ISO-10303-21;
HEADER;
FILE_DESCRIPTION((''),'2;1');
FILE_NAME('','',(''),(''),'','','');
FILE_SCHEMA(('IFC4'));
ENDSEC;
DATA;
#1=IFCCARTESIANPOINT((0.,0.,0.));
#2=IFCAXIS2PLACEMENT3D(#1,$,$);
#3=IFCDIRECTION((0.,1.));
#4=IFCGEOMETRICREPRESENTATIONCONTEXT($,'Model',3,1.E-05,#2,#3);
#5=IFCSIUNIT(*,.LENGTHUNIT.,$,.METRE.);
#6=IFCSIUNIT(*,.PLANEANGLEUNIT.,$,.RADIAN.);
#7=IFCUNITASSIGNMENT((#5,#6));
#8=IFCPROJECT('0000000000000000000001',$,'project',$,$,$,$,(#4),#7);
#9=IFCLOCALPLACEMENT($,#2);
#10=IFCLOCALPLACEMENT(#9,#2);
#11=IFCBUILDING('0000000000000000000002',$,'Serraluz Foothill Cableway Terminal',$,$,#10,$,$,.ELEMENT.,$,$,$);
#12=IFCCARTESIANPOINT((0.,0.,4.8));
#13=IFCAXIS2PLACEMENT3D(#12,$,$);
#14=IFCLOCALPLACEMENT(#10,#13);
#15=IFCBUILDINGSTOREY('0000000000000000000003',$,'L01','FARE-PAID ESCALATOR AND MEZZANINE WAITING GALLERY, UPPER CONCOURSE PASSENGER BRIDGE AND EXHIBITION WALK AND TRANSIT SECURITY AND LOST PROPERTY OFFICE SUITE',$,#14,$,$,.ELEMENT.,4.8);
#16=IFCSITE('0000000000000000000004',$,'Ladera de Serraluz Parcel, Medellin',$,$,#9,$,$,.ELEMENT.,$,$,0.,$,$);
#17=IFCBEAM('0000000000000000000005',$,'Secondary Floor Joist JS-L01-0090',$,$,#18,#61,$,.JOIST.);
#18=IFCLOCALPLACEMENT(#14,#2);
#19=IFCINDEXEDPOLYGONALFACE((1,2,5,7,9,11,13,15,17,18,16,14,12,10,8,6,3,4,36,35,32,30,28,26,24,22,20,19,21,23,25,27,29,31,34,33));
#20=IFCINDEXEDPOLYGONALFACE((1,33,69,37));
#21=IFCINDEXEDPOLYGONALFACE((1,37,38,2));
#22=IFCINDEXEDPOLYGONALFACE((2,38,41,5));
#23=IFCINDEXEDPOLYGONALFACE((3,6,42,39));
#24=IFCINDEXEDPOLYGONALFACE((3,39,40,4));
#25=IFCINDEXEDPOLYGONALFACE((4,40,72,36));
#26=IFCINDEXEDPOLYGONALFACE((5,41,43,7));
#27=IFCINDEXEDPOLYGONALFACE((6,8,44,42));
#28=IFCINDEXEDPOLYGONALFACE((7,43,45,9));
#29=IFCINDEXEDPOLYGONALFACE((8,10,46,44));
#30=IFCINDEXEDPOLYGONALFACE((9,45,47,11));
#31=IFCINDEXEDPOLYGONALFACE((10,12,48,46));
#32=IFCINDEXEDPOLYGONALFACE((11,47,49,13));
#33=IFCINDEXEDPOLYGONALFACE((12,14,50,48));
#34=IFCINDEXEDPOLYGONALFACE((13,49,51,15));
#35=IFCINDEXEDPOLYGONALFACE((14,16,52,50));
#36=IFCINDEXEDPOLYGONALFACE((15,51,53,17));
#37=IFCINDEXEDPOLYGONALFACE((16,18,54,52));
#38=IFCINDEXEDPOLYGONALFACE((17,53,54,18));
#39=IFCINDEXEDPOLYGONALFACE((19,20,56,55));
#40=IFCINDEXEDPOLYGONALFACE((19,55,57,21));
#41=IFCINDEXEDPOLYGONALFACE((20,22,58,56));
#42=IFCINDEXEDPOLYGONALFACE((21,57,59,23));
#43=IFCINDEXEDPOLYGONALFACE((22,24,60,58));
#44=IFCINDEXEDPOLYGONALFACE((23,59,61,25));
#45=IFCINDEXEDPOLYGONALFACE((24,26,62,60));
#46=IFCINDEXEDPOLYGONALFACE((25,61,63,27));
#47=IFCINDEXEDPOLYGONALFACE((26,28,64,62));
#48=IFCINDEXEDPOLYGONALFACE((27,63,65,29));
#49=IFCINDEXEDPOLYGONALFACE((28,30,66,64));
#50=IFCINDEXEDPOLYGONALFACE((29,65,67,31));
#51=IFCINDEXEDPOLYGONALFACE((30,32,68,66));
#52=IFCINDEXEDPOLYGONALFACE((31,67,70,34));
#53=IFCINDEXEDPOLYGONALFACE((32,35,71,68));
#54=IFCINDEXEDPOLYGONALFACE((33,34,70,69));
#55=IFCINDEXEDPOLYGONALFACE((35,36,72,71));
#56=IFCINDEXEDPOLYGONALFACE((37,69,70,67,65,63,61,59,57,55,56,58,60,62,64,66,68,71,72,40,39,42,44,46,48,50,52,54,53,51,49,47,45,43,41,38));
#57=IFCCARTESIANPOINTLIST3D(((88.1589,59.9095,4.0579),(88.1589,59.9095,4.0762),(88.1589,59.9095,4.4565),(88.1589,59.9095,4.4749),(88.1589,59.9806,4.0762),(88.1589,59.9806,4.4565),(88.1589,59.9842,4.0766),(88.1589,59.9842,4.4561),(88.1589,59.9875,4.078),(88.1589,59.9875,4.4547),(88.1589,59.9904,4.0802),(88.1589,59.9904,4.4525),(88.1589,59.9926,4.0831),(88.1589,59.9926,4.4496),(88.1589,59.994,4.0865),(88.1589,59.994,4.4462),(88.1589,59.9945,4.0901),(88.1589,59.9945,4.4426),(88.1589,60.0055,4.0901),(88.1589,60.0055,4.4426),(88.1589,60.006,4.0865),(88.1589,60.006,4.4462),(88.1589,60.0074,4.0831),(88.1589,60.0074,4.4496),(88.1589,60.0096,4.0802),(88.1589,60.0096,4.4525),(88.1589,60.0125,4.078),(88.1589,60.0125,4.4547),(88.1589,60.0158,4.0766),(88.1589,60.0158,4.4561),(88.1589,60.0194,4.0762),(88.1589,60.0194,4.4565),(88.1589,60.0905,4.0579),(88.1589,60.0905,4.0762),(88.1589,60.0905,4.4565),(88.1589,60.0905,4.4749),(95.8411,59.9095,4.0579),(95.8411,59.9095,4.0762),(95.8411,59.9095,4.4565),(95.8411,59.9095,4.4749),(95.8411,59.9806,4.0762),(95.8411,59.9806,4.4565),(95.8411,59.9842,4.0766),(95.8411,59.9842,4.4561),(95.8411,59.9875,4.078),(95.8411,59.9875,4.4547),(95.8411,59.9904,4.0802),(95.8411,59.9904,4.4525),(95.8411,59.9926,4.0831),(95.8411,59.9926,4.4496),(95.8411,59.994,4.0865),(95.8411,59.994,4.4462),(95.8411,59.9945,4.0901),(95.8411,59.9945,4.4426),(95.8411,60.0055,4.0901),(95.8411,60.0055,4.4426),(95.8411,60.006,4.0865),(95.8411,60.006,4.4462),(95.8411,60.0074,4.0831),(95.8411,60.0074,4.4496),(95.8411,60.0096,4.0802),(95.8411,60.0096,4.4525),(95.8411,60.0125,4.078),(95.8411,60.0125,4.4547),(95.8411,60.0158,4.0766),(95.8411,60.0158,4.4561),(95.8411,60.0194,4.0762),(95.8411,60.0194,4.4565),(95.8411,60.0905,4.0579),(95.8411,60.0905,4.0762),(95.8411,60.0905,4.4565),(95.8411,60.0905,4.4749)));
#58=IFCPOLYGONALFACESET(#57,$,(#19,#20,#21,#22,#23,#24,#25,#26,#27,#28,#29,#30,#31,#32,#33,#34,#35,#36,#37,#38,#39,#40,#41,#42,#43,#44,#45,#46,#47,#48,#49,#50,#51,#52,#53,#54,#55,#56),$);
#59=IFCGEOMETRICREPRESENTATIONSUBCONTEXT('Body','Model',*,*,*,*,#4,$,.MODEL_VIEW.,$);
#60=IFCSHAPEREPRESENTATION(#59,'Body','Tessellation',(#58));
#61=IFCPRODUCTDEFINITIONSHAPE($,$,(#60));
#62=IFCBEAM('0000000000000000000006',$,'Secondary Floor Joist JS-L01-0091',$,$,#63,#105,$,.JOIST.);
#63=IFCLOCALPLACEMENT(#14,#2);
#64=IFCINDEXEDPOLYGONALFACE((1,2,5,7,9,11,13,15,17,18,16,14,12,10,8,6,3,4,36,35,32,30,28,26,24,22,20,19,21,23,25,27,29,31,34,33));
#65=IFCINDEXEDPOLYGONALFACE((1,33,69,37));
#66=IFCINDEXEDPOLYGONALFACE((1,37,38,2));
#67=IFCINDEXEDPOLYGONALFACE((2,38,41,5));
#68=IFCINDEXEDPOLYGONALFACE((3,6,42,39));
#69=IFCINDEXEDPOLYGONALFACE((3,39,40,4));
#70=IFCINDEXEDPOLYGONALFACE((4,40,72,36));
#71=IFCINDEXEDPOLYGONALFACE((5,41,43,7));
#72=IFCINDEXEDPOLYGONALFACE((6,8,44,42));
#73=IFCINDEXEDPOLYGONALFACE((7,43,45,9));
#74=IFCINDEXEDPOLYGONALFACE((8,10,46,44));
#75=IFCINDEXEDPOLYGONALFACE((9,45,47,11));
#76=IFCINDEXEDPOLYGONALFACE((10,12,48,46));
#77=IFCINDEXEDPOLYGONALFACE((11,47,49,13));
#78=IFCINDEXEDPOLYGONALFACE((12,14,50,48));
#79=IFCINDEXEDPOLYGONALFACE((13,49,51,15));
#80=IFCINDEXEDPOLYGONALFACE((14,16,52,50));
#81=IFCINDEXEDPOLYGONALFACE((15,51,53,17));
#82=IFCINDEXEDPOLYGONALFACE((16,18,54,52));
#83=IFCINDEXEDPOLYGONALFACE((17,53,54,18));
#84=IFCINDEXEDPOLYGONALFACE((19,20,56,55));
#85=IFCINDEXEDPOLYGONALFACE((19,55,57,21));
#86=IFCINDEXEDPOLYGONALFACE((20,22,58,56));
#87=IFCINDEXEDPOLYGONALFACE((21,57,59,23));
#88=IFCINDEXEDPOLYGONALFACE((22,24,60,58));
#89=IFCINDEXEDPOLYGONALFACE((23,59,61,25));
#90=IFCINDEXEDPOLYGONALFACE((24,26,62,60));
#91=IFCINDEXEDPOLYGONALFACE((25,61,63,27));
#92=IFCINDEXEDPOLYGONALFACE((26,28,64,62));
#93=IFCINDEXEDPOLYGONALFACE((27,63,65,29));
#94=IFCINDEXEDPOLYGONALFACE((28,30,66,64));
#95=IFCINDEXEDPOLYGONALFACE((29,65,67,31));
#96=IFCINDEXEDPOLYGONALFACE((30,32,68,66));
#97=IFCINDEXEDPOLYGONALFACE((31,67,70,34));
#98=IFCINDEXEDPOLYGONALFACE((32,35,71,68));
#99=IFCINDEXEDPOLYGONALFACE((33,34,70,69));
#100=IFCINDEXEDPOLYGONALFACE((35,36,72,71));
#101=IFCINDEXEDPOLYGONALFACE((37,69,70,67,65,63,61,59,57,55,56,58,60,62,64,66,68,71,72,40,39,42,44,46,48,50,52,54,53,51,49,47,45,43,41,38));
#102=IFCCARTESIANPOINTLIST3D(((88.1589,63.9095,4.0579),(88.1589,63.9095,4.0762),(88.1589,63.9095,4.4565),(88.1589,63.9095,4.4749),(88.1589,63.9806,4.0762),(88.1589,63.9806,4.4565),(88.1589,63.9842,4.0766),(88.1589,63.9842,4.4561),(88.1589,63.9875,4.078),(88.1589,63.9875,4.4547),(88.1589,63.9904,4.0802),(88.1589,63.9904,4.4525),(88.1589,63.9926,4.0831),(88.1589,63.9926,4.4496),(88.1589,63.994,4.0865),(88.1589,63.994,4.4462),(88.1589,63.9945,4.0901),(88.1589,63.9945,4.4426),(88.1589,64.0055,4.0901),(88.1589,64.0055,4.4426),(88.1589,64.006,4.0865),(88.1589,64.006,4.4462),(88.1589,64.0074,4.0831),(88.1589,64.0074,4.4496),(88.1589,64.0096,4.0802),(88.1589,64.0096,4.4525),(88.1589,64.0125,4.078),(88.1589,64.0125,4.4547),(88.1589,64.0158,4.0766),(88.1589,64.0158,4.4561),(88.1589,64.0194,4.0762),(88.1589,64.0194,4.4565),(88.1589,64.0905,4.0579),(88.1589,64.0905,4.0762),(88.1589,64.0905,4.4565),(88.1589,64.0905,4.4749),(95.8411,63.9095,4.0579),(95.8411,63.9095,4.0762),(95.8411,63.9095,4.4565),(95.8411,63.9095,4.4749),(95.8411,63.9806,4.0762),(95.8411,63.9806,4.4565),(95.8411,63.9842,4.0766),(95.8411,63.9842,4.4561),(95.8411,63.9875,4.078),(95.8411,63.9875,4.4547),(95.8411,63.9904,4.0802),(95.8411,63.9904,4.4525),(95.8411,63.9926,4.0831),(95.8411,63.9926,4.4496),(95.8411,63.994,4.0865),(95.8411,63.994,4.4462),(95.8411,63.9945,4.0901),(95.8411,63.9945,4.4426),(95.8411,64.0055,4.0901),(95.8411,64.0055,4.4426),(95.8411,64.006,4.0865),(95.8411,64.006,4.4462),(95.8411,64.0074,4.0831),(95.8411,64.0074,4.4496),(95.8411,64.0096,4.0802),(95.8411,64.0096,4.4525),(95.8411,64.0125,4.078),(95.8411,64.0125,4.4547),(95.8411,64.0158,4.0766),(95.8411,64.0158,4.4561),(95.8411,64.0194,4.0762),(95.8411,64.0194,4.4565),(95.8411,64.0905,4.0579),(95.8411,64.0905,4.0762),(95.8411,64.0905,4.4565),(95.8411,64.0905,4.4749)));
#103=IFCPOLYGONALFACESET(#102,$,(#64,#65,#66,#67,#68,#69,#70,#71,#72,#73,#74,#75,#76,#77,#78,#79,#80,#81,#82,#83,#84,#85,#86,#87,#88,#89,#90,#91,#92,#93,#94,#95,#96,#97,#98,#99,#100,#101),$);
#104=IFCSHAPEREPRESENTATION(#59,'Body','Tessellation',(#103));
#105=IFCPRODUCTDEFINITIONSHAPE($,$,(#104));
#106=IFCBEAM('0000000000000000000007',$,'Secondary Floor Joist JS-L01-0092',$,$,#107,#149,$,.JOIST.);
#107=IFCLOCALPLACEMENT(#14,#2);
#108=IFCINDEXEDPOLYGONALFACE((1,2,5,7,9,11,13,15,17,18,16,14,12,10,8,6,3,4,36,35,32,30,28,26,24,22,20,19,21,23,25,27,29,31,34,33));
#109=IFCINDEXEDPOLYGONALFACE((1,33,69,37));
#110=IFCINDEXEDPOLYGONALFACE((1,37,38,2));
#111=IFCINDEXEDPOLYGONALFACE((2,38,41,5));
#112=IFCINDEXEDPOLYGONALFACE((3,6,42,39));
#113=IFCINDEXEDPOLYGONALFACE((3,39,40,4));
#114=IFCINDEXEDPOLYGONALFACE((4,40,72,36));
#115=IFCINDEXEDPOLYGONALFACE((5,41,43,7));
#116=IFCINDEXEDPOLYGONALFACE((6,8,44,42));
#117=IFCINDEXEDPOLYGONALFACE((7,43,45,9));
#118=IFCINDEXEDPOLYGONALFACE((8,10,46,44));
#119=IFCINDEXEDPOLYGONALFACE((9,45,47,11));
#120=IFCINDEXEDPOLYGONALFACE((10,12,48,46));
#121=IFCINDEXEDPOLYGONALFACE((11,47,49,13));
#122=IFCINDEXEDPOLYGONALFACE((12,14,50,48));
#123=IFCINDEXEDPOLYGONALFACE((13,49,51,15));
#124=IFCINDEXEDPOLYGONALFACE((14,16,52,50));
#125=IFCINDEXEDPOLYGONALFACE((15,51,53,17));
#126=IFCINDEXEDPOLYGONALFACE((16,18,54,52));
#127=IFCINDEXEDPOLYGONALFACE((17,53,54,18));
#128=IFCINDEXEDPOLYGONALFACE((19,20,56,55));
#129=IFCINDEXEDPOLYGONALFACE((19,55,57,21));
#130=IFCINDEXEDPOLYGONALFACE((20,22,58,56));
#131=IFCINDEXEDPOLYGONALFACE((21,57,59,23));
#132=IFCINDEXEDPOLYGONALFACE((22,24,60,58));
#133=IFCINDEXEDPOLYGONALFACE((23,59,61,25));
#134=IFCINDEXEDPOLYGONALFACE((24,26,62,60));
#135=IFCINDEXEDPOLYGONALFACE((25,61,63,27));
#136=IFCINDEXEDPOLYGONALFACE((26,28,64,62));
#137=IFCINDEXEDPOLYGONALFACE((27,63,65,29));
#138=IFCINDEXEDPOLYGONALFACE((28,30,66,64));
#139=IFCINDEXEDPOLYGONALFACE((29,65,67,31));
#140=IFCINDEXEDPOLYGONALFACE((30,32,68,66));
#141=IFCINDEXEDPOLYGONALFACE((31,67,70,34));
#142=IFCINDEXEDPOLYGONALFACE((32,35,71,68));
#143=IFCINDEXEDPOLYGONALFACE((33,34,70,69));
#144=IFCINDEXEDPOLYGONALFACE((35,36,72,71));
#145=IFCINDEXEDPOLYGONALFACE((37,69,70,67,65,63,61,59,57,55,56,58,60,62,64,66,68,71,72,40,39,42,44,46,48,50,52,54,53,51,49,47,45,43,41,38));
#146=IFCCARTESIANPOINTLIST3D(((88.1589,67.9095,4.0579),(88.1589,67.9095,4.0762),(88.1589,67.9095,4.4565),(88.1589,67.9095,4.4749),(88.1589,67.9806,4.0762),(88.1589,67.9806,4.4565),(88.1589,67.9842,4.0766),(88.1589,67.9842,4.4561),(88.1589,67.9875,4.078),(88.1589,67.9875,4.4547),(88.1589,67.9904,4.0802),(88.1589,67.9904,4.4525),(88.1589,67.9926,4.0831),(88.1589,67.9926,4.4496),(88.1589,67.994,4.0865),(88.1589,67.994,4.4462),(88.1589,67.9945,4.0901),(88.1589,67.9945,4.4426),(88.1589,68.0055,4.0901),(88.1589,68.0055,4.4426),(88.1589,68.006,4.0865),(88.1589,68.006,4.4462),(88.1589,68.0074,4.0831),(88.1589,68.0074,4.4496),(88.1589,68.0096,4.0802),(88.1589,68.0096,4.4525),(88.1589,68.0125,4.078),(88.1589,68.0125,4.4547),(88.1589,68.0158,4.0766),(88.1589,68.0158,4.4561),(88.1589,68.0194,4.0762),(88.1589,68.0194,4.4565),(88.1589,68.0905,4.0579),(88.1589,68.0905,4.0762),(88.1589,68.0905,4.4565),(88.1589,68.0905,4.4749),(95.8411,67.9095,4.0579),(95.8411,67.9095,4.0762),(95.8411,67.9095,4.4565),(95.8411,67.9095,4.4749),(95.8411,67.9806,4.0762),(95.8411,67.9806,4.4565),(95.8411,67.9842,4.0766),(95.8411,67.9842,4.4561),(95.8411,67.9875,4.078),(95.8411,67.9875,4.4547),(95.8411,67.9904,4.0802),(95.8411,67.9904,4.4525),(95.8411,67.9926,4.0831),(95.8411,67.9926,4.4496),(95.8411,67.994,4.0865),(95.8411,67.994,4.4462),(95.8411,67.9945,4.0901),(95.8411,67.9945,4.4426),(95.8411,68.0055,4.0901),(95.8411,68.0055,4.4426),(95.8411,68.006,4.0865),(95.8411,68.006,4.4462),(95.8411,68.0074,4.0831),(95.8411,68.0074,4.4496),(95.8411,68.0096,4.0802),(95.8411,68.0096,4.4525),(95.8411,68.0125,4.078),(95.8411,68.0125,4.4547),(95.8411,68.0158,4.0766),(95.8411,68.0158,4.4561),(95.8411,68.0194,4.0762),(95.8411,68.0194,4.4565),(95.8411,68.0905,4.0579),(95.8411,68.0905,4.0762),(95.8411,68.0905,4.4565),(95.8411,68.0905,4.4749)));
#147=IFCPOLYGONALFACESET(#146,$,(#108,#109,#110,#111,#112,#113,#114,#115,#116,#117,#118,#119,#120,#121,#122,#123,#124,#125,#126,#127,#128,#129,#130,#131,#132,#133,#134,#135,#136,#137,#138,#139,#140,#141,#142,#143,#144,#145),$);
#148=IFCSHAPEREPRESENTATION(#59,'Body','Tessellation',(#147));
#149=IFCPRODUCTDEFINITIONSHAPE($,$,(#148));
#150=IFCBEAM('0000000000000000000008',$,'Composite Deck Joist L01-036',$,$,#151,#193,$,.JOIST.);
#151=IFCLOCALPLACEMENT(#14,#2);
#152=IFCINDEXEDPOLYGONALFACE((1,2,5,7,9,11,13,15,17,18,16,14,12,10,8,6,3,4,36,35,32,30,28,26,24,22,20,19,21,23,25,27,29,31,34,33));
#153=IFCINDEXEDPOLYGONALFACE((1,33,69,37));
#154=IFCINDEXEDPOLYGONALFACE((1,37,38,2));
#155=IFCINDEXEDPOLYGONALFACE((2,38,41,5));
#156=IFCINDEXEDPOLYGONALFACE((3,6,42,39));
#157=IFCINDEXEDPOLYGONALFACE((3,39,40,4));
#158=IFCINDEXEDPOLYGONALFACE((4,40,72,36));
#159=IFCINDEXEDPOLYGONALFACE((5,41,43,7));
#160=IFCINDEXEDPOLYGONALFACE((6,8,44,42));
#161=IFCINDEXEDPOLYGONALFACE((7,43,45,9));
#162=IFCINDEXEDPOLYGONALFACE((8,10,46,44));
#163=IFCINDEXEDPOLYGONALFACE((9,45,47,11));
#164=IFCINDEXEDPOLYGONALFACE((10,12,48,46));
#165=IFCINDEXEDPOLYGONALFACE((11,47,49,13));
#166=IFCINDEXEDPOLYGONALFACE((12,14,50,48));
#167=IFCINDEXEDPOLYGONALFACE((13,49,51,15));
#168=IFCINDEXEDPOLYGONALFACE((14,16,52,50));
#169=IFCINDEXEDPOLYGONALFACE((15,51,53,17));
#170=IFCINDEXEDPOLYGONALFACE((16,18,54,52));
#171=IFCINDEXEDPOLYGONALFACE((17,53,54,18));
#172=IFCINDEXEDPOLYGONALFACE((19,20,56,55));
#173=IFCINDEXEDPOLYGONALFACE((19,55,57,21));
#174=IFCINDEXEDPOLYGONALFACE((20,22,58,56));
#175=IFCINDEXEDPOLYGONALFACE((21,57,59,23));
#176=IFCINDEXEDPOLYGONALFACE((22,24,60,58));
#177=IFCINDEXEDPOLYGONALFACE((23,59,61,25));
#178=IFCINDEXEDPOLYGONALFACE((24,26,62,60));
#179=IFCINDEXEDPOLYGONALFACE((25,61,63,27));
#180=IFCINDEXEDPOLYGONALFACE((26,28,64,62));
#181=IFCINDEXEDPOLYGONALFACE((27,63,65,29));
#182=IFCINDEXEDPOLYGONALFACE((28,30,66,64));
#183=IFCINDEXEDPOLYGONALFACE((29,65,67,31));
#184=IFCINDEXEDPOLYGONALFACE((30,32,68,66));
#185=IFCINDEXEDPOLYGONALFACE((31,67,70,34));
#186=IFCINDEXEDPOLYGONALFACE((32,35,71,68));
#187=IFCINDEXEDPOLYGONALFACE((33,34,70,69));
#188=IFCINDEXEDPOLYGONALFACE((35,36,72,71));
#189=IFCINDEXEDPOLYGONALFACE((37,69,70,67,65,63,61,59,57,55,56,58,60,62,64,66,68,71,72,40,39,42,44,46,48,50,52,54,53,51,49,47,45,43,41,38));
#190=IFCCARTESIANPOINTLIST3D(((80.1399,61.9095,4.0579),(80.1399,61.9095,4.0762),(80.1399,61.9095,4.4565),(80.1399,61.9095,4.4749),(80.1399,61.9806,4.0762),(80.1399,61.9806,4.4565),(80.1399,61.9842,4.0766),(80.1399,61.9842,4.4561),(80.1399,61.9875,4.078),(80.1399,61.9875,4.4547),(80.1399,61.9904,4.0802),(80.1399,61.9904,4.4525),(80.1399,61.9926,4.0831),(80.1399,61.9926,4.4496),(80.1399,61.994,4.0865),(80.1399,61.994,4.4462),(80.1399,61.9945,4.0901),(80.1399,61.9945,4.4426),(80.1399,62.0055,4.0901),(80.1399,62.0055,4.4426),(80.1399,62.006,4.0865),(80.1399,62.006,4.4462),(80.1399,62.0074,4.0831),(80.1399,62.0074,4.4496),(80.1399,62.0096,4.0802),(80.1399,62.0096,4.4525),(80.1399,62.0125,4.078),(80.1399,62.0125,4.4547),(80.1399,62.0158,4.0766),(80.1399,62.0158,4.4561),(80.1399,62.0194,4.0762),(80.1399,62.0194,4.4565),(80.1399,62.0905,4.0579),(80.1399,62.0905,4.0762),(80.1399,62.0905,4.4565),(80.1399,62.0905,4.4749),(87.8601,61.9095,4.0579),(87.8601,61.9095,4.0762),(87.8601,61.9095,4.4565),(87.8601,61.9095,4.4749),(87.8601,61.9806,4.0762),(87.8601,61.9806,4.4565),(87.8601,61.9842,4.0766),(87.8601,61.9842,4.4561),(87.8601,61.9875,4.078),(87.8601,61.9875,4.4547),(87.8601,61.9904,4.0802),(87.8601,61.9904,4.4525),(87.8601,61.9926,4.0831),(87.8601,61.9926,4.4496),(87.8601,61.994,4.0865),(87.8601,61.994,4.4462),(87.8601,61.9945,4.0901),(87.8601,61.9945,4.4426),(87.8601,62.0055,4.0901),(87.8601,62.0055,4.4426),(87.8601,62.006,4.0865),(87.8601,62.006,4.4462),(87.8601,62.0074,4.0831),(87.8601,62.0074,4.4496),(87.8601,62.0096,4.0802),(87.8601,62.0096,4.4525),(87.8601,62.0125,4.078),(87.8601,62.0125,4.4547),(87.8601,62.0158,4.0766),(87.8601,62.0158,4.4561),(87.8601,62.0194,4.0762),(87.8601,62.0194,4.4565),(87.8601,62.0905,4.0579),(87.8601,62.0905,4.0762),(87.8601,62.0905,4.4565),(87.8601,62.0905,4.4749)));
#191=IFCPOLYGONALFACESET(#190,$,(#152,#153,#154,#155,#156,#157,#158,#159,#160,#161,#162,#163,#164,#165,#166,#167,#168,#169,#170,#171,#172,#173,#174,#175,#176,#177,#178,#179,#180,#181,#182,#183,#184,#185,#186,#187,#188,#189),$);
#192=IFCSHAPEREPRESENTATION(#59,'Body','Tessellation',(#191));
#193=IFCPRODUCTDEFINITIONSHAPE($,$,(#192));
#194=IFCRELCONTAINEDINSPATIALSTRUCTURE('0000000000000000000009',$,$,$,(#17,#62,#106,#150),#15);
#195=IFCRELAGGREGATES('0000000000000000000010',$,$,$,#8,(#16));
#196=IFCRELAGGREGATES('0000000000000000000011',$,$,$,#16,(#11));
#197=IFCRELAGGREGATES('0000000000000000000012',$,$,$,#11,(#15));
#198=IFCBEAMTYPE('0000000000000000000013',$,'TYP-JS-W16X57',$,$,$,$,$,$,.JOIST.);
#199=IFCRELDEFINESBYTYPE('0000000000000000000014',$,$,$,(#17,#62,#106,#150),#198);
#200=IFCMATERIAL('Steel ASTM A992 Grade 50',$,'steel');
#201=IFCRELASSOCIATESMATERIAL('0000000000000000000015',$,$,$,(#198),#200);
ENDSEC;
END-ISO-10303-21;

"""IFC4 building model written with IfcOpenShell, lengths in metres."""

from ifc_helpers import new_model, si_unit, direction, frame, origin, origin_2d, place, context, subcontext, project, spatial, i_section, extrude, material, material_profile, profile_set, type_object, element, save


model = new_model("IFC4")

# Units and contexts
model_context = context("Model", 3, precision=1e-05, world=origin(), true_north=direction((0.0, 1.0)))
body_context = subcontext(model_context, "Body", "Model", "MODEL_VIEW")
ifc_project = project(units=[si_unit("LENGTHUNIT", "METRE"), si_unit("PLANEANGLEUNIT", "RADIAN")], contexts=[model_context])

# Site, building, storey
site_placement = place(None, origin())
site = spatial("IfcSite", under=ifc_project, at=site_placement, Name="Ladera de Serraluz Parcel, Medellin", CompositionType="ELEMENT", RefElevation=0.0)
building_placement = place(site_placement, origin())
building = spatial("IfcBuilding", under=site, at=building_placement, Name="Serraluz Foothill Cableway Terminal", CompositionType="ELEMENT")
storey_placement = place(building_placement, frame((0.0, 0.0, 4.8)))
storey = spatial("IfcBuildingStorey", under=building, at=storey_placement, Name="L01", Description="FARE-PAID ESCALATOR AND MEZZANINE WAITING GALLERY, UPPER CONCOURSE PASSENGER BRIDGE AND EXHIBITION WALK AND TRANSIT SECURITY AND LOST PROPERTY OFFICE SUITE", CompositionType="ELEMENT", Elevation=4.8)

# Beams
ifc_material_1 = material(Name="Steel ASTM A992 Grade 50", Category="steel")
ifc_material_profile_1 = material_profile(ifc_material_1, i_section(OverallWidth=0.1809, OverallDepth=0.417, WebThickness=0.011, FlangeThickness=0.0183, FilletRadius=0.0139, at=origin_2d()), Name="W16X57")
ifc_profile_set_1 = profile_set([ifc_material_profile_1], Name="Steel ASTM A992 Grade 50")
beam_type = type_object("IfcBeamType", Name="TYP-JS-W16X57", PredefinedType="JOIST", material=ifc_profile_set_1)
for number, where, z_axis, x_axis, name in (
    (1, (88.1589, 60.0, 4.2664), (1.0, 0.0, 0.0), (0.0, 1.0, 0.0), "Secondary Floor Joist JS-L01-0090"),
    (2, (88.1589, 64.0, 4.2664), (1.0, 0.0, 0.0), (0.0, 1.0, 0.0), "Secondary Floor Joist JS-L01-0091"),
    (3, (88.1589, 68.0, 4.2664), (1.0, 0.0, 0.0), (0.0, 1.0, 0.0), "Secondary Floor Joist JS-L01-0092"),
):
    element("IfcBeam", number, at=place(storey_placement, frame(where, z_axis=z_axis, x_axis=x_axis)), inside=storey, type_object=beam_type, Name=name, PredefinedType="JOIST", context=body_context, shape_type="SweptSolid", body=[
        extrude(i_section(OverallWidth=0.1809, OverallDepth=0.417, WebThickness=0.011, FlangeThickness=0.0183, FilletRadius=0.0139, at=origin_2d()), origin(), (0.0, 0.0, 1.0), 7.6821),
    ])
for number, where, z_axis, x_axis, name in (
    (4, (80.1399, 62.0, 4.2664), (1.0, 0.0, 0.0), (0.0, 1.0, 0.0), "Composite Deck Joist L01-036"),
):
    element("IfcBeam", number, at=place(storey_placement, frame(where, z_axis=z_axis, x_axis=x_axis)), inside=storey, type_object=beam_type, Name=name, PredefinedType="JOIST", context=body_context, shape_type="SweptSolid", body=[
        extrude(i_section(OverallWidth=0.1809, OverallDepth=0.417, WebThickness=0.011, FlangeThickness=0.0183, FilletRadius=0.0139, at=origin_2d()), origin(), (0.0, 0.0, 1.0), 7.7202),
    ])

save(model, "model.ifc")
